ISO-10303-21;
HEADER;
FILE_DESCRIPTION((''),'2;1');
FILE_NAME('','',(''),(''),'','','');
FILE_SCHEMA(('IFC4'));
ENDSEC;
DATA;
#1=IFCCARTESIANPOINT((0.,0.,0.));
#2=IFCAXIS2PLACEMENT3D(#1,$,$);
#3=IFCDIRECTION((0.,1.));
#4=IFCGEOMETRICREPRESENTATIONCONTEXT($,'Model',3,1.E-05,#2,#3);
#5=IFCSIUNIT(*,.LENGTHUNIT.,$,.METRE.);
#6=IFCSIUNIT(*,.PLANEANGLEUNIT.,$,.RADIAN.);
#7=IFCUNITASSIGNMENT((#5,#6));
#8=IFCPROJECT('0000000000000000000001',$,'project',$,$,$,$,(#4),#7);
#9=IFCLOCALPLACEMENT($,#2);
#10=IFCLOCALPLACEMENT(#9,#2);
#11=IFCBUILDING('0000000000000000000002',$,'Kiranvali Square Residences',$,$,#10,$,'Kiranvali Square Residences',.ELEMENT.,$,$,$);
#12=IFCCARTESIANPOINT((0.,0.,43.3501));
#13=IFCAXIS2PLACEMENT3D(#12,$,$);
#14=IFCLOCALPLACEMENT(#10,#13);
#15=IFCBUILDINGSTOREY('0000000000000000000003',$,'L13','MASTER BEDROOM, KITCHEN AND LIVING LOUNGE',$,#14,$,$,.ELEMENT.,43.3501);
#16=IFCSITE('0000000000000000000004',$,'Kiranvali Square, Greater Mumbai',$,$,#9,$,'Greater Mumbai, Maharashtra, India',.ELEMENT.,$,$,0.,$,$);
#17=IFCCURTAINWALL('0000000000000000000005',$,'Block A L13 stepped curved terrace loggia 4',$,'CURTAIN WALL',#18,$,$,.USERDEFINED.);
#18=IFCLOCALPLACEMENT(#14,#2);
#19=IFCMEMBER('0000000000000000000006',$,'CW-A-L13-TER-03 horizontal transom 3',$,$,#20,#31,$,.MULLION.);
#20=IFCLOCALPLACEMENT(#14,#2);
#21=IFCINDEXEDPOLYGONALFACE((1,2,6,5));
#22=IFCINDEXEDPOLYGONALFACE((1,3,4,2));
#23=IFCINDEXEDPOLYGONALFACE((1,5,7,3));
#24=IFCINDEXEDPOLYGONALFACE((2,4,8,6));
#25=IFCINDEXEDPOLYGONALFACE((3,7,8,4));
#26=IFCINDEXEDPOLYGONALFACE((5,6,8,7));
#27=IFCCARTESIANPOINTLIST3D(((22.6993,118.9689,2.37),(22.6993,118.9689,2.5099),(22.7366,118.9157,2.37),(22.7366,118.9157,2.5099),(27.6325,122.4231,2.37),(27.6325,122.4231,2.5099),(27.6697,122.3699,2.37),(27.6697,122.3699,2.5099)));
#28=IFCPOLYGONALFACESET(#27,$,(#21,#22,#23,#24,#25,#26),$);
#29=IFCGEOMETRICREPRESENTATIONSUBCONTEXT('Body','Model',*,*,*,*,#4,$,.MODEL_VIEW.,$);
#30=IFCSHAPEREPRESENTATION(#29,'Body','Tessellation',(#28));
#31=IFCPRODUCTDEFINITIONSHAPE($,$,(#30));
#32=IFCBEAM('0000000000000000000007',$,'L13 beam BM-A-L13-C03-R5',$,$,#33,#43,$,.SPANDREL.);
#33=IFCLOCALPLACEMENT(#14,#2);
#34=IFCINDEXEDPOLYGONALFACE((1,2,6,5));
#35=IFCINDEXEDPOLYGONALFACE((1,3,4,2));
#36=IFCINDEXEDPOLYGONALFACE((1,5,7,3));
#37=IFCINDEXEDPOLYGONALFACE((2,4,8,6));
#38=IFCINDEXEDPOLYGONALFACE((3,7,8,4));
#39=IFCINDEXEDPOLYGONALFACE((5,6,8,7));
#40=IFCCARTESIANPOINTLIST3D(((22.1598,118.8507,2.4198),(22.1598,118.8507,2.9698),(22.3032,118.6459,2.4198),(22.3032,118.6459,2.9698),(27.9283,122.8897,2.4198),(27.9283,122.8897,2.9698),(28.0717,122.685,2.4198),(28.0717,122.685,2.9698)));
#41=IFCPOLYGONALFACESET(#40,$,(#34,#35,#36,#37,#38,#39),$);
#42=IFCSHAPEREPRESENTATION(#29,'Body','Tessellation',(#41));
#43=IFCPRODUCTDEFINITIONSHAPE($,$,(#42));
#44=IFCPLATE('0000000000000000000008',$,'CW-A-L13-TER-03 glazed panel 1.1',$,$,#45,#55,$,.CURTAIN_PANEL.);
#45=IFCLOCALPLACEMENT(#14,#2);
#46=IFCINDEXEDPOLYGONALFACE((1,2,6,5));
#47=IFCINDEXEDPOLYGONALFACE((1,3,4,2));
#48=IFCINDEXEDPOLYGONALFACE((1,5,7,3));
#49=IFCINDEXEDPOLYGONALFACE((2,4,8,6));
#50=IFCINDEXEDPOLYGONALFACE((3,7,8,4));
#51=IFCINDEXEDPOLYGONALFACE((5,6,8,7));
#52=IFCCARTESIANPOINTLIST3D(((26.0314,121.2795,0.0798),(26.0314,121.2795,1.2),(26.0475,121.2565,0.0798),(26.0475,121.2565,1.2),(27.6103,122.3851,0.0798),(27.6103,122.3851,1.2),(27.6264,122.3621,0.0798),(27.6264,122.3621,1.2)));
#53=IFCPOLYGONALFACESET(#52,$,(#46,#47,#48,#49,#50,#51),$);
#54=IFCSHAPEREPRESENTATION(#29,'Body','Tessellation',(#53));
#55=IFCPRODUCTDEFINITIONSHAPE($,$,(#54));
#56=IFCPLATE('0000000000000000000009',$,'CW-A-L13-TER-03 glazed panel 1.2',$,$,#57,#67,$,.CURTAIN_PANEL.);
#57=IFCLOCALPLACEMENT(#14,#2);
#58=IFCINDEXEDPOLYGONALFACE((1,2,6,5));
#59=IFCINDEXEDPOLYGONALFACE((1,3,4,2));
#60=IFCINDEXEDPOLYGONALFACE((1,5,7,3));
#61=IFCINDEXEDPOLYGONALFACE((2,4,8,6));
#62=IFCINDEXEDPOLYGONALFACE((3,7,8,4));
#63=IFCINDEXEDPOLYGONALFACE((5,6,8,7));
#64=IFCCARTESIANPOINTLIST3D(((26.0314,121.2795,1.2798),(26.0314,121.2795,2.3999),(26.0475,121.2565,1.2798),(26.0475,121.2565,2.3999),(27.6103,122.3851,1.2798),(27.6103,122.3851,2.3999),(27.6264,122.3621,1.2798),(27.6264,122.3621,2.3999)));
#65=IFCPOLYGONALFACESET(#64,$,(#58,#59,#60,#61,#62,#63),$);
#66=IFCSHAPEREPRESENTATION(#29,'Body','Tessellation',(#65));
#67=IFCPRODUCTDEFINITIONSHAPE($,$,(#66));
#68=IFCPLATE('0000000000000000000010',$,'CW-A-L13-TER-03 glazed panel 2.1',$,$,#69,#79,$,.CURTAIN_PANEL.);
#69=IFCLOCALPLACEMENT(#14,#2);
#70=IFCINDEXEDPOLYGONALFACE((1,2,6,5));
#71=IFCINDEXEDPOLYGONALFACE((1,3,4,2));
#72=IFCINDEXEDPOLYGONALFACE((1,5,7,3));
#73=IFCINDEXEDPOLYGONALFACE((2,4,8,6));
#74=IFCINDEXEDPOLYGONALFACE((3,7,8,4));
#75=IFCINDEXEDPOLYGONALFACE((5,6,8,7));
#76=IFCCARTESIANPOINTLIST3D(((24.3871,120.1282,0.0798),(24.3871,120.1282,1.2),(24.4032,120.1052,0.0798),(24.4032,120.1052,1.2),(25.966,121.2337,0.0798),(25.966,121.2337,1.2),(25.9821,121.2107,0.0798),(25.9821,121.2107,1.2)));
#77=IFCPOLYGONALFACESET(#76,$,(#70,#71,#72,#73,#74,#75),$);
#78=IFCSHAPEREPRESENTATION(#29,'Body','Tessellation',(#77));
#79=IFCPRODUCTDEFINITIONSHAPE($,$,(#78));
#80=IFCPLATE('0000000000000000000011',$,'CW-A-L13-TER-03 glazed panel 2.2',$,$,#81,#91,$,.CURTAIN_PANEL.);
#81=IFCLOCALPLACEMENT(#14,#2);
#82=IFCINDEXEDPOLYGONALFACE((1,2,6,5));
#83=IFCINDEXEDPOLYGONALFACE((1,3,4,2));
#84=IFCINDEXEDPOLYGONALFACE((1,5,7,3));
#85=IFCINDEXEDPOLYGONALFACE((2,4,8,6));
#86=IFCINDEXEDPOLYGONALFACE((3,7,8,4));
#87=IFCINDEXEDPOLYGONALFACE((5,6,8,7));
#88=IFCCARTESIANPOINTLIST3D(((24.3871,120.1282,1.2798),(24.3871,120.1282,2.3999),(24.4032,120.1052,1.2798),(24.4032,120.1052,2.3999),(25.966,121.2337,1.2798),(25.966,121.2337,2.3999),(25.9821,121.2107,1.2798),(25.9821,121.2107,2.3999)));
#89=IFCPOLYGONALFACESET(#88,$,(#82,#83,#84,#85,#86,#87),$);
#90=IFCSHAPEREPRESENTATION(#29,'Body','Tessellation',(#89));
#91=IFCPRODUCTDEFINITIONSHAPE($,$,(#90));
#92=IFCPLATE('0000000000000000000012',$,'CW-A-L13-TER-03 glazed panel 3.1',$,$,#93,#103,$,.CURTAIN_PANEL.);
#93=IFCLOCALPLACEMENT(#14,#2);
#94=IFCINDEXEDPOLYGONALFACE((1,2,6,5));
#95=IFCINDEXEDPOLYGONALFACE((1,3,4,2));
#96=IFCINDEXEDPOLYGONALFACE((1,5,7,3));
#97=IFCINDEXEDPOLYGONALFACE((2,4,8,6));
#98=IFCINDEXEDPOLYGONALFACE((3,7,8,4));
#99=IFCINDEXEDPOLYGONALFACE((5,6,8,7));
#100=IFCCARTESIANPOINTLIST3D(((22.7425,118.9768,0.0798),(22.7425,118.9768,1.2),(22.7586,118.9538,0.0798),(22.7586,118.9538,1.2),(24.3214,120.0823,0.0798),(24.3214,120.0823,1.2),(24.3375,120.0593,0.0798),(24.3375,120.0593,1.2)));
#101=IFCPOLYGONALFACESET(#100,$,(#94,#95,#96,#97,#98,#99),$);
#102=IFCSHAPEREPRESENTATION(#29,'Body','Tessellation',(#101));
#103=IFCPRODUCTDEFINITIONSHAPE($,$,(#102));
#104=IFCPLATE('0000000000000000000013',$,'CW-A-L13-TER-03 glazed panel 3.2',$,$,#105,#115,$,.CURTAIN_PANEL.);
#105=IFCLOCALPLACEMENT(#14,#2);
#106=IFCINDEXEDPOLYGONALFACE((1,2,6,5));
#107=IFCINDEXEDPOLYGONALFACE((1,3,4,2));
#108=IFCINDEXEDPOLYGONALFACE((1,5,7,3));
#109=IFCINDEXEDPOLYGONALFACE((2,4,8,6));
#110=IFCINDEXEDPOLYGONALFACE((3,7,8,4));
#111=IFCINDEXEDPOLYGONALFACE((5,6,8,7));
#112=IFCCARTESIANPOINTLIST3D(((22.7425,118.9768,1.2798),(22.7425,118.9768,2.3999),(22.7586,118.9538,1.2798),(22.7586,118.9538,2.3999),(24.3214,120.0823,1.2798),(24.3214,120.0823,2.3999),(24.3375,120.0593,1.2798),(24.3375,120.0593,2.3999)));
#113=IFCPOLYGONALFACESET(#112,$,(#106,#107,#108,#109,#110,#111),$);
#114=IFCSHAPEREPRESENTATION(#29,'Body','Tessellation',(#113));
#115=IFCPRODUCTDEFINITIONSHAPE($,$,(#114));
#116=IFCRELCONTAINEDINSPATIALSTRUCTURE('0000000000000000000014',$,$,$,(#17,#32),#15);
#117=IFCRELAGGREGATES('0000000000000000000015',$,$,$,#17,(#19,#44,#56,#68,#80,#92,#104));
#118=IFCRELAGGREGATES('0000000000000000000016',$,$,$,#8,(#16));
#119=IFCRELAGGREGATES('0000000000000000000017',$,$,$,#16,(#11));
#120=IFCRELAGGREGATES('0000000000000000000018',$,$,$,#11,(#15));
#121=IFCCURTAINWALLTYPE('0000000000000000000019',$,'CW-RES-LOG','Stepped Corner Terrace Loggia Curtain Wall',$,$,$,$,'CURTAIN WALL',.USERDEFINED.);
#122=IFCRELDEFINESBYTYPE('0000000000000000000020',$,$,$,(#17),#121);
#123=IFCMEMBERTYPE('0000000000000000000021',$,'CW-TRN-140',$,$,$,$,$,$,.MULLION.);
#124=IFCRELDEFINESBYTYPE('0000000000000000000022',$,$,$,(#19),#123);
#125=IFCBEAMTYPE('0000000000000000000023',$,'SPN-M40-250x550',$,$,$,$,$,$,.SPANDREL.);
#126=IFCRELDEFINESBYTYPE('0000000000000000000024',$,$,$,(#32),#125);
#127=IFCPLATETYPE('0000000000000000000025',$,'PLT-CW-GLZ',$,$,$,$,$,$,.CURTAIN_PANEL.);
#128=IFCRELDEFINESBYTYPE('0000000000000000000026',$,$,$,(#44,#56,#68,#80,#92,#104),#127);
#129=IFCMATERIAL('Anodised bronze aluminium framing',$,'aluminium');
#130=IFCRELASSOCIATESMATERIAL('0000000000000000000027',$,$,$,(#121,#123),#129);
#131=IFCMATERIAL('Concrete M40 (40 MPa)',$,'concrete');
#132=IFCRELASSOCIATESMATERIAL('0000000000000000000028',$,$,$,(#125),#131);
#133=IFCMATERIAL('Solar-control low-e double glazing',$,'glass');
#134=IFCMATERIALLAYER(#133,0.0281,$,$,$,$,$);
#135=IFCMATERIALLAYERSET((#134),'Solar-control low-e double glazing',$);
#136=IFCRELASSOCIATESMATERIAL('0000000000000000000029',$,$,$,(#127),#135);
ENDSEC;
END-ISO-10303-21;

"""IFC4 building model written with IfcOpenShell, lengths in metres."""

from ifc_helpers import new_model, si_unit, direction, frame, origin, origin_2d, place, context, subcontext, project, spatial, rectangle, extrude, material, layer, layer_set, material_profile, profile_set, type_object, element, aggregate, save


model = new_model("IFC4")

# Units and contexts
model_context = context("Model", 3, precision=1e-05, world=origin(), true_north=direction((0.0, 1.0)))
body_context = subcontext(model_context, "Body", "Model", "MODEL_VIEW")
ifc_project = project(units=[si_unit("LENGTHUNIT", "METRE"), si_unit("PLANEANGLEUNIT", "RADIAN")], contexts=[model_context])

# Site, building, storey
site_placement = place(None, origin())
site = spatial("IfcSite", under=ifc_project, at=site_placement, Name="Kiranvali Square, Greater Mumbai", LongName="Greater Mumbai, Maharashtra, India", CompositionType="ELEMENT", RefElevation=0.0)
building_placement = place(site_placement, origin())
building = spatial("IfcBuilding", under=site, at=building_placement, Name="Kiranvali Square Residences", LongName="Kiranvali Square Residences", CompositionType="ELEMENT")
storey_placement = place(building_placement, frame((0.0, 0.0, 43.3501)))
storey = spatial("IfcBuildingStorey", under=building, at=storey_placement, Name="L13", Description="MASTER BEDROOM, KITCHEN AND LIVING LOUNGE", CompositionType="ELEMENT", Elevation=43.3501)

# Shared definitions
ifc_material_1 = material(Name="Concrete M40 (40 MPa)", Category="concrete")

# Curtain wall, member
ifc_material_2 = material(Name="Anodised bronze aluminium framing", Category="aluminium")
curtain_wall_type = type_object("IfcCurtainWallType", Name="CW-RES-LOG", Description="Stepped Corner Terrace Loggia Curtain Wall", ElementType="CURTAIN WALL", PredefinedType="USERDEFINED", material=ifc_material_2)
curtain_wall_placement = place(storey_placement, origin())
curtain_wall = element("IfcCurtainWall", 1, at=curtain_wall_placement, inside=storey, type_object=curtain_wall_type, Name="Block A L13 stepped curved terrace loggia 4", ObjectType="CURTAIN WALL", PredefinedType="USERDEFINED")
ifc_material_profile_1 = material_profile(ifc_material_2, rectangle(XDim=0.0649, YDim=0.1399, at=origin_2d()), Name="ALU 65x140")
ifc_profile_set_1 = profile_set([ifc_material_profile_1], Name="Anodised bronze aluminium framing")
member_type_1 = type_object("IfcMemberType", Name="CW-TRN-140", PredefinedType="MULLION", material=ifc_profile_set_1)
member_1_placement = place(storey_placement, frame((27.6511, 122.3965, 2.4399), z_axis=(-0.81916, -0.573566, 0.0), x_axis=(0.573566, -0.81916, 0.0)))
member_1 = element("IfcMember", 2, at=member_1_placement, type_object=member_type_1, Name="CW-A-L13-TER-03 horizontal transom 3", PredefinedType="MULLION", context=body_context, shape_type="SweptSolid", body=[
    extrude(rectangle(XDim=0.0649, YDim=0.1399, at=origin_2d()), origin(), (0.0, 0.0, 1.0), 6.0222),
])

# Beam
ifc_material_profile_2 = material_profile(ifc_material_1, rectangle(XDim=0.25, YDim=0.55, at=origin_2d()), Name="RC 250x550")
ifc_profile_set_2 = profile_set([ifc_material_profile_2], Name="Concrete M40 (40 MPa)")
beam_type_1 = type_object("IfcBeamType", Name="SPN-M40-250x550", PredefinedType="SPANDREL", material=ifc_profile_set_2)
beam_1_placement = place(storey_placement, frame((28.0, 122.7874, 2.6948), z_axis=(-0.81916, -0.573565, 0.0), x_axis=(0.573565, -0.81916, 0.0)))
element("IfcBeam", 3, at=beam_1_placement, inside=storey, type_object=beam_type_1, Name="L13 beam BM-A-L13-C03-R5", PredefinedType="SPANDREL", context=body_context, shape_type="SweptSolid", body=[
    extrude(rectangle(XDim=0.25, YDim=0.55, at=origin_2d()), origin(), (0.0, 0.0, 1.0), 7.042),
])

# Plates
ifc_material_3 = material(Name="Solar-control low-e double glazing", Category="glass")
ifc_layer = layer(ifc_material_3, 0.0281)
ifc_layer_set = layer_set([ifc_layer], Name="Solar-control low-e double glazing")
plate_type = type_object("IfcPlateType", Name="PLT-CW-GLZ", PredefinedType="CURTAIN_PANEL", material=ifc_layer_set)
plate_1_placement = place(storey_placement, frame((26.8289, 121.8208, 0.0798), z_axis=(0.0, 0.0, 1.0), x_axis=(-0.819152, -0.573576, 0.0)))
plate_1 = element("IfcPlate", 4, at=plate_1_placement, type_object=plate_type, Name="CW-A-L13-TER-03 glazed panel 1.1", PredefinedType="CURTAIN_PANEL", context=body_context, shape_type="SweptSolid", body=[
    extrude(rectangle(XDim=1.9275, YDim=0.0281, at=origin_2d()), origin(), (0.0, 0.0, 1.0), 1.1201),
])
plate_2_placement = place(storey_placement, frame((26.8289, 121.8208, 1.2798), z_axis=(0.0, 0.0, 1.0), x_axis=(-0.819152, -0.573576, 0.0)))
plate_2 = element("IfcPlate", 5, at=plate_2_placement, type_object=plate_type, Name="CW-A-L13-TER-03 glazed panel 1.2", PredefinedType="CURTAIN_PANEL", context=body_context, shape_type="SweptSolid", body=[
    extrude(rectangle(XDim=1.9275, YDim=0.0281, at=origin_2d()), origin(), (0.0, 0.0, 1.0), 1.1201),
])
plate_3_placement = place(storey_placement, frame((25.1846, 120.6694, 0.0798), z_axis=(0.0, 0.0, 1.0), x_axis=(-0.819152, -0.573576, 0.0)))
plate_3 = element("IfcPlate", 6, at=plate_3_placement, type_object=plate_type, Name="CW-A-L13-TER-03 glazed panel 2.1", PredefinedType="CURTAIN_PANEL", context=body_context, shape_type="SweptSolid", body=[
    extrude(rectangle(XDim=1.9275, YDim=0.0281, at=origin_2d()), origin(), (0.0, 0.0, 1.0), 1.1201),
])
plate_4_placement = place(storey_placement, frame((25.1846, 120.6694, 1.2798), z_axis=(0.0, 0.0, 1.0), x_axis=(-0.819152, -0.573576, 0.0)))
plate_4 = element("IfcPlate", 7, at=plate_4_placement, type_object=plate_type, Name="CW-A-L13-TER-03 glazed panel 2.2", PredefinedType="CURTAIN_PANEL", context=body_context, shape_type="SweptSolid", body=[
    extrude(rectangle(XDim=1.9275, YDim=0.0281, at=origin_2d()), origin(), (0.0, 0.0, 1.0), 1.1201),
])
plate_5_placement = place(storey_placement, frame((23.54, 119.5181, 0.0798), z_axis=(0.0, 0.0, 1.0), x_axis=(-0.819152, -0.573576, 0.0)))
plate_5 = element("IfcPlate", 8, at=plate_5_placement, type_object=plate_type, Name="CW-A-L13-TER-03 glazed panel 3.1", PredefinedType="CURTAIN_PANEL", context=body_context, shape_type="SweptSolid", body=[
    extrude(rectangle(XDim=1.9275, YDim=0.0281, at=origin_2d()), origin(), (0.0, 0.0, 1.0), 1.1201),
])
plate_6_placement = place(storey_placement, frame((23.54, 119.5181, 1.2798), z_axis=(0.0, 0.0, 1.0), x_axis=(-0.819152, -0.573576, 0.0)))
plate_6 = element("IfcPlate", 9, at=plate_6_placement, type_object=plate_type, Name="CW-A-L13-TER-03 glazed panel 3.2", PredefinedType="CURTAIN_PANEL", context=body_context, shape_type="SweptSolid", body=[
    extrude(rectangle(XDim=1.9275, YDim=0.0281, at=origin_2d()), origin(), (0.0, 0.0, 1.0), 1.1201),
])
aggregate(curtain_wall, [member_1, plate_1, plate_2, plate_3, plate_4, plate_5, plate_6])

save(model, "model.ifc")
